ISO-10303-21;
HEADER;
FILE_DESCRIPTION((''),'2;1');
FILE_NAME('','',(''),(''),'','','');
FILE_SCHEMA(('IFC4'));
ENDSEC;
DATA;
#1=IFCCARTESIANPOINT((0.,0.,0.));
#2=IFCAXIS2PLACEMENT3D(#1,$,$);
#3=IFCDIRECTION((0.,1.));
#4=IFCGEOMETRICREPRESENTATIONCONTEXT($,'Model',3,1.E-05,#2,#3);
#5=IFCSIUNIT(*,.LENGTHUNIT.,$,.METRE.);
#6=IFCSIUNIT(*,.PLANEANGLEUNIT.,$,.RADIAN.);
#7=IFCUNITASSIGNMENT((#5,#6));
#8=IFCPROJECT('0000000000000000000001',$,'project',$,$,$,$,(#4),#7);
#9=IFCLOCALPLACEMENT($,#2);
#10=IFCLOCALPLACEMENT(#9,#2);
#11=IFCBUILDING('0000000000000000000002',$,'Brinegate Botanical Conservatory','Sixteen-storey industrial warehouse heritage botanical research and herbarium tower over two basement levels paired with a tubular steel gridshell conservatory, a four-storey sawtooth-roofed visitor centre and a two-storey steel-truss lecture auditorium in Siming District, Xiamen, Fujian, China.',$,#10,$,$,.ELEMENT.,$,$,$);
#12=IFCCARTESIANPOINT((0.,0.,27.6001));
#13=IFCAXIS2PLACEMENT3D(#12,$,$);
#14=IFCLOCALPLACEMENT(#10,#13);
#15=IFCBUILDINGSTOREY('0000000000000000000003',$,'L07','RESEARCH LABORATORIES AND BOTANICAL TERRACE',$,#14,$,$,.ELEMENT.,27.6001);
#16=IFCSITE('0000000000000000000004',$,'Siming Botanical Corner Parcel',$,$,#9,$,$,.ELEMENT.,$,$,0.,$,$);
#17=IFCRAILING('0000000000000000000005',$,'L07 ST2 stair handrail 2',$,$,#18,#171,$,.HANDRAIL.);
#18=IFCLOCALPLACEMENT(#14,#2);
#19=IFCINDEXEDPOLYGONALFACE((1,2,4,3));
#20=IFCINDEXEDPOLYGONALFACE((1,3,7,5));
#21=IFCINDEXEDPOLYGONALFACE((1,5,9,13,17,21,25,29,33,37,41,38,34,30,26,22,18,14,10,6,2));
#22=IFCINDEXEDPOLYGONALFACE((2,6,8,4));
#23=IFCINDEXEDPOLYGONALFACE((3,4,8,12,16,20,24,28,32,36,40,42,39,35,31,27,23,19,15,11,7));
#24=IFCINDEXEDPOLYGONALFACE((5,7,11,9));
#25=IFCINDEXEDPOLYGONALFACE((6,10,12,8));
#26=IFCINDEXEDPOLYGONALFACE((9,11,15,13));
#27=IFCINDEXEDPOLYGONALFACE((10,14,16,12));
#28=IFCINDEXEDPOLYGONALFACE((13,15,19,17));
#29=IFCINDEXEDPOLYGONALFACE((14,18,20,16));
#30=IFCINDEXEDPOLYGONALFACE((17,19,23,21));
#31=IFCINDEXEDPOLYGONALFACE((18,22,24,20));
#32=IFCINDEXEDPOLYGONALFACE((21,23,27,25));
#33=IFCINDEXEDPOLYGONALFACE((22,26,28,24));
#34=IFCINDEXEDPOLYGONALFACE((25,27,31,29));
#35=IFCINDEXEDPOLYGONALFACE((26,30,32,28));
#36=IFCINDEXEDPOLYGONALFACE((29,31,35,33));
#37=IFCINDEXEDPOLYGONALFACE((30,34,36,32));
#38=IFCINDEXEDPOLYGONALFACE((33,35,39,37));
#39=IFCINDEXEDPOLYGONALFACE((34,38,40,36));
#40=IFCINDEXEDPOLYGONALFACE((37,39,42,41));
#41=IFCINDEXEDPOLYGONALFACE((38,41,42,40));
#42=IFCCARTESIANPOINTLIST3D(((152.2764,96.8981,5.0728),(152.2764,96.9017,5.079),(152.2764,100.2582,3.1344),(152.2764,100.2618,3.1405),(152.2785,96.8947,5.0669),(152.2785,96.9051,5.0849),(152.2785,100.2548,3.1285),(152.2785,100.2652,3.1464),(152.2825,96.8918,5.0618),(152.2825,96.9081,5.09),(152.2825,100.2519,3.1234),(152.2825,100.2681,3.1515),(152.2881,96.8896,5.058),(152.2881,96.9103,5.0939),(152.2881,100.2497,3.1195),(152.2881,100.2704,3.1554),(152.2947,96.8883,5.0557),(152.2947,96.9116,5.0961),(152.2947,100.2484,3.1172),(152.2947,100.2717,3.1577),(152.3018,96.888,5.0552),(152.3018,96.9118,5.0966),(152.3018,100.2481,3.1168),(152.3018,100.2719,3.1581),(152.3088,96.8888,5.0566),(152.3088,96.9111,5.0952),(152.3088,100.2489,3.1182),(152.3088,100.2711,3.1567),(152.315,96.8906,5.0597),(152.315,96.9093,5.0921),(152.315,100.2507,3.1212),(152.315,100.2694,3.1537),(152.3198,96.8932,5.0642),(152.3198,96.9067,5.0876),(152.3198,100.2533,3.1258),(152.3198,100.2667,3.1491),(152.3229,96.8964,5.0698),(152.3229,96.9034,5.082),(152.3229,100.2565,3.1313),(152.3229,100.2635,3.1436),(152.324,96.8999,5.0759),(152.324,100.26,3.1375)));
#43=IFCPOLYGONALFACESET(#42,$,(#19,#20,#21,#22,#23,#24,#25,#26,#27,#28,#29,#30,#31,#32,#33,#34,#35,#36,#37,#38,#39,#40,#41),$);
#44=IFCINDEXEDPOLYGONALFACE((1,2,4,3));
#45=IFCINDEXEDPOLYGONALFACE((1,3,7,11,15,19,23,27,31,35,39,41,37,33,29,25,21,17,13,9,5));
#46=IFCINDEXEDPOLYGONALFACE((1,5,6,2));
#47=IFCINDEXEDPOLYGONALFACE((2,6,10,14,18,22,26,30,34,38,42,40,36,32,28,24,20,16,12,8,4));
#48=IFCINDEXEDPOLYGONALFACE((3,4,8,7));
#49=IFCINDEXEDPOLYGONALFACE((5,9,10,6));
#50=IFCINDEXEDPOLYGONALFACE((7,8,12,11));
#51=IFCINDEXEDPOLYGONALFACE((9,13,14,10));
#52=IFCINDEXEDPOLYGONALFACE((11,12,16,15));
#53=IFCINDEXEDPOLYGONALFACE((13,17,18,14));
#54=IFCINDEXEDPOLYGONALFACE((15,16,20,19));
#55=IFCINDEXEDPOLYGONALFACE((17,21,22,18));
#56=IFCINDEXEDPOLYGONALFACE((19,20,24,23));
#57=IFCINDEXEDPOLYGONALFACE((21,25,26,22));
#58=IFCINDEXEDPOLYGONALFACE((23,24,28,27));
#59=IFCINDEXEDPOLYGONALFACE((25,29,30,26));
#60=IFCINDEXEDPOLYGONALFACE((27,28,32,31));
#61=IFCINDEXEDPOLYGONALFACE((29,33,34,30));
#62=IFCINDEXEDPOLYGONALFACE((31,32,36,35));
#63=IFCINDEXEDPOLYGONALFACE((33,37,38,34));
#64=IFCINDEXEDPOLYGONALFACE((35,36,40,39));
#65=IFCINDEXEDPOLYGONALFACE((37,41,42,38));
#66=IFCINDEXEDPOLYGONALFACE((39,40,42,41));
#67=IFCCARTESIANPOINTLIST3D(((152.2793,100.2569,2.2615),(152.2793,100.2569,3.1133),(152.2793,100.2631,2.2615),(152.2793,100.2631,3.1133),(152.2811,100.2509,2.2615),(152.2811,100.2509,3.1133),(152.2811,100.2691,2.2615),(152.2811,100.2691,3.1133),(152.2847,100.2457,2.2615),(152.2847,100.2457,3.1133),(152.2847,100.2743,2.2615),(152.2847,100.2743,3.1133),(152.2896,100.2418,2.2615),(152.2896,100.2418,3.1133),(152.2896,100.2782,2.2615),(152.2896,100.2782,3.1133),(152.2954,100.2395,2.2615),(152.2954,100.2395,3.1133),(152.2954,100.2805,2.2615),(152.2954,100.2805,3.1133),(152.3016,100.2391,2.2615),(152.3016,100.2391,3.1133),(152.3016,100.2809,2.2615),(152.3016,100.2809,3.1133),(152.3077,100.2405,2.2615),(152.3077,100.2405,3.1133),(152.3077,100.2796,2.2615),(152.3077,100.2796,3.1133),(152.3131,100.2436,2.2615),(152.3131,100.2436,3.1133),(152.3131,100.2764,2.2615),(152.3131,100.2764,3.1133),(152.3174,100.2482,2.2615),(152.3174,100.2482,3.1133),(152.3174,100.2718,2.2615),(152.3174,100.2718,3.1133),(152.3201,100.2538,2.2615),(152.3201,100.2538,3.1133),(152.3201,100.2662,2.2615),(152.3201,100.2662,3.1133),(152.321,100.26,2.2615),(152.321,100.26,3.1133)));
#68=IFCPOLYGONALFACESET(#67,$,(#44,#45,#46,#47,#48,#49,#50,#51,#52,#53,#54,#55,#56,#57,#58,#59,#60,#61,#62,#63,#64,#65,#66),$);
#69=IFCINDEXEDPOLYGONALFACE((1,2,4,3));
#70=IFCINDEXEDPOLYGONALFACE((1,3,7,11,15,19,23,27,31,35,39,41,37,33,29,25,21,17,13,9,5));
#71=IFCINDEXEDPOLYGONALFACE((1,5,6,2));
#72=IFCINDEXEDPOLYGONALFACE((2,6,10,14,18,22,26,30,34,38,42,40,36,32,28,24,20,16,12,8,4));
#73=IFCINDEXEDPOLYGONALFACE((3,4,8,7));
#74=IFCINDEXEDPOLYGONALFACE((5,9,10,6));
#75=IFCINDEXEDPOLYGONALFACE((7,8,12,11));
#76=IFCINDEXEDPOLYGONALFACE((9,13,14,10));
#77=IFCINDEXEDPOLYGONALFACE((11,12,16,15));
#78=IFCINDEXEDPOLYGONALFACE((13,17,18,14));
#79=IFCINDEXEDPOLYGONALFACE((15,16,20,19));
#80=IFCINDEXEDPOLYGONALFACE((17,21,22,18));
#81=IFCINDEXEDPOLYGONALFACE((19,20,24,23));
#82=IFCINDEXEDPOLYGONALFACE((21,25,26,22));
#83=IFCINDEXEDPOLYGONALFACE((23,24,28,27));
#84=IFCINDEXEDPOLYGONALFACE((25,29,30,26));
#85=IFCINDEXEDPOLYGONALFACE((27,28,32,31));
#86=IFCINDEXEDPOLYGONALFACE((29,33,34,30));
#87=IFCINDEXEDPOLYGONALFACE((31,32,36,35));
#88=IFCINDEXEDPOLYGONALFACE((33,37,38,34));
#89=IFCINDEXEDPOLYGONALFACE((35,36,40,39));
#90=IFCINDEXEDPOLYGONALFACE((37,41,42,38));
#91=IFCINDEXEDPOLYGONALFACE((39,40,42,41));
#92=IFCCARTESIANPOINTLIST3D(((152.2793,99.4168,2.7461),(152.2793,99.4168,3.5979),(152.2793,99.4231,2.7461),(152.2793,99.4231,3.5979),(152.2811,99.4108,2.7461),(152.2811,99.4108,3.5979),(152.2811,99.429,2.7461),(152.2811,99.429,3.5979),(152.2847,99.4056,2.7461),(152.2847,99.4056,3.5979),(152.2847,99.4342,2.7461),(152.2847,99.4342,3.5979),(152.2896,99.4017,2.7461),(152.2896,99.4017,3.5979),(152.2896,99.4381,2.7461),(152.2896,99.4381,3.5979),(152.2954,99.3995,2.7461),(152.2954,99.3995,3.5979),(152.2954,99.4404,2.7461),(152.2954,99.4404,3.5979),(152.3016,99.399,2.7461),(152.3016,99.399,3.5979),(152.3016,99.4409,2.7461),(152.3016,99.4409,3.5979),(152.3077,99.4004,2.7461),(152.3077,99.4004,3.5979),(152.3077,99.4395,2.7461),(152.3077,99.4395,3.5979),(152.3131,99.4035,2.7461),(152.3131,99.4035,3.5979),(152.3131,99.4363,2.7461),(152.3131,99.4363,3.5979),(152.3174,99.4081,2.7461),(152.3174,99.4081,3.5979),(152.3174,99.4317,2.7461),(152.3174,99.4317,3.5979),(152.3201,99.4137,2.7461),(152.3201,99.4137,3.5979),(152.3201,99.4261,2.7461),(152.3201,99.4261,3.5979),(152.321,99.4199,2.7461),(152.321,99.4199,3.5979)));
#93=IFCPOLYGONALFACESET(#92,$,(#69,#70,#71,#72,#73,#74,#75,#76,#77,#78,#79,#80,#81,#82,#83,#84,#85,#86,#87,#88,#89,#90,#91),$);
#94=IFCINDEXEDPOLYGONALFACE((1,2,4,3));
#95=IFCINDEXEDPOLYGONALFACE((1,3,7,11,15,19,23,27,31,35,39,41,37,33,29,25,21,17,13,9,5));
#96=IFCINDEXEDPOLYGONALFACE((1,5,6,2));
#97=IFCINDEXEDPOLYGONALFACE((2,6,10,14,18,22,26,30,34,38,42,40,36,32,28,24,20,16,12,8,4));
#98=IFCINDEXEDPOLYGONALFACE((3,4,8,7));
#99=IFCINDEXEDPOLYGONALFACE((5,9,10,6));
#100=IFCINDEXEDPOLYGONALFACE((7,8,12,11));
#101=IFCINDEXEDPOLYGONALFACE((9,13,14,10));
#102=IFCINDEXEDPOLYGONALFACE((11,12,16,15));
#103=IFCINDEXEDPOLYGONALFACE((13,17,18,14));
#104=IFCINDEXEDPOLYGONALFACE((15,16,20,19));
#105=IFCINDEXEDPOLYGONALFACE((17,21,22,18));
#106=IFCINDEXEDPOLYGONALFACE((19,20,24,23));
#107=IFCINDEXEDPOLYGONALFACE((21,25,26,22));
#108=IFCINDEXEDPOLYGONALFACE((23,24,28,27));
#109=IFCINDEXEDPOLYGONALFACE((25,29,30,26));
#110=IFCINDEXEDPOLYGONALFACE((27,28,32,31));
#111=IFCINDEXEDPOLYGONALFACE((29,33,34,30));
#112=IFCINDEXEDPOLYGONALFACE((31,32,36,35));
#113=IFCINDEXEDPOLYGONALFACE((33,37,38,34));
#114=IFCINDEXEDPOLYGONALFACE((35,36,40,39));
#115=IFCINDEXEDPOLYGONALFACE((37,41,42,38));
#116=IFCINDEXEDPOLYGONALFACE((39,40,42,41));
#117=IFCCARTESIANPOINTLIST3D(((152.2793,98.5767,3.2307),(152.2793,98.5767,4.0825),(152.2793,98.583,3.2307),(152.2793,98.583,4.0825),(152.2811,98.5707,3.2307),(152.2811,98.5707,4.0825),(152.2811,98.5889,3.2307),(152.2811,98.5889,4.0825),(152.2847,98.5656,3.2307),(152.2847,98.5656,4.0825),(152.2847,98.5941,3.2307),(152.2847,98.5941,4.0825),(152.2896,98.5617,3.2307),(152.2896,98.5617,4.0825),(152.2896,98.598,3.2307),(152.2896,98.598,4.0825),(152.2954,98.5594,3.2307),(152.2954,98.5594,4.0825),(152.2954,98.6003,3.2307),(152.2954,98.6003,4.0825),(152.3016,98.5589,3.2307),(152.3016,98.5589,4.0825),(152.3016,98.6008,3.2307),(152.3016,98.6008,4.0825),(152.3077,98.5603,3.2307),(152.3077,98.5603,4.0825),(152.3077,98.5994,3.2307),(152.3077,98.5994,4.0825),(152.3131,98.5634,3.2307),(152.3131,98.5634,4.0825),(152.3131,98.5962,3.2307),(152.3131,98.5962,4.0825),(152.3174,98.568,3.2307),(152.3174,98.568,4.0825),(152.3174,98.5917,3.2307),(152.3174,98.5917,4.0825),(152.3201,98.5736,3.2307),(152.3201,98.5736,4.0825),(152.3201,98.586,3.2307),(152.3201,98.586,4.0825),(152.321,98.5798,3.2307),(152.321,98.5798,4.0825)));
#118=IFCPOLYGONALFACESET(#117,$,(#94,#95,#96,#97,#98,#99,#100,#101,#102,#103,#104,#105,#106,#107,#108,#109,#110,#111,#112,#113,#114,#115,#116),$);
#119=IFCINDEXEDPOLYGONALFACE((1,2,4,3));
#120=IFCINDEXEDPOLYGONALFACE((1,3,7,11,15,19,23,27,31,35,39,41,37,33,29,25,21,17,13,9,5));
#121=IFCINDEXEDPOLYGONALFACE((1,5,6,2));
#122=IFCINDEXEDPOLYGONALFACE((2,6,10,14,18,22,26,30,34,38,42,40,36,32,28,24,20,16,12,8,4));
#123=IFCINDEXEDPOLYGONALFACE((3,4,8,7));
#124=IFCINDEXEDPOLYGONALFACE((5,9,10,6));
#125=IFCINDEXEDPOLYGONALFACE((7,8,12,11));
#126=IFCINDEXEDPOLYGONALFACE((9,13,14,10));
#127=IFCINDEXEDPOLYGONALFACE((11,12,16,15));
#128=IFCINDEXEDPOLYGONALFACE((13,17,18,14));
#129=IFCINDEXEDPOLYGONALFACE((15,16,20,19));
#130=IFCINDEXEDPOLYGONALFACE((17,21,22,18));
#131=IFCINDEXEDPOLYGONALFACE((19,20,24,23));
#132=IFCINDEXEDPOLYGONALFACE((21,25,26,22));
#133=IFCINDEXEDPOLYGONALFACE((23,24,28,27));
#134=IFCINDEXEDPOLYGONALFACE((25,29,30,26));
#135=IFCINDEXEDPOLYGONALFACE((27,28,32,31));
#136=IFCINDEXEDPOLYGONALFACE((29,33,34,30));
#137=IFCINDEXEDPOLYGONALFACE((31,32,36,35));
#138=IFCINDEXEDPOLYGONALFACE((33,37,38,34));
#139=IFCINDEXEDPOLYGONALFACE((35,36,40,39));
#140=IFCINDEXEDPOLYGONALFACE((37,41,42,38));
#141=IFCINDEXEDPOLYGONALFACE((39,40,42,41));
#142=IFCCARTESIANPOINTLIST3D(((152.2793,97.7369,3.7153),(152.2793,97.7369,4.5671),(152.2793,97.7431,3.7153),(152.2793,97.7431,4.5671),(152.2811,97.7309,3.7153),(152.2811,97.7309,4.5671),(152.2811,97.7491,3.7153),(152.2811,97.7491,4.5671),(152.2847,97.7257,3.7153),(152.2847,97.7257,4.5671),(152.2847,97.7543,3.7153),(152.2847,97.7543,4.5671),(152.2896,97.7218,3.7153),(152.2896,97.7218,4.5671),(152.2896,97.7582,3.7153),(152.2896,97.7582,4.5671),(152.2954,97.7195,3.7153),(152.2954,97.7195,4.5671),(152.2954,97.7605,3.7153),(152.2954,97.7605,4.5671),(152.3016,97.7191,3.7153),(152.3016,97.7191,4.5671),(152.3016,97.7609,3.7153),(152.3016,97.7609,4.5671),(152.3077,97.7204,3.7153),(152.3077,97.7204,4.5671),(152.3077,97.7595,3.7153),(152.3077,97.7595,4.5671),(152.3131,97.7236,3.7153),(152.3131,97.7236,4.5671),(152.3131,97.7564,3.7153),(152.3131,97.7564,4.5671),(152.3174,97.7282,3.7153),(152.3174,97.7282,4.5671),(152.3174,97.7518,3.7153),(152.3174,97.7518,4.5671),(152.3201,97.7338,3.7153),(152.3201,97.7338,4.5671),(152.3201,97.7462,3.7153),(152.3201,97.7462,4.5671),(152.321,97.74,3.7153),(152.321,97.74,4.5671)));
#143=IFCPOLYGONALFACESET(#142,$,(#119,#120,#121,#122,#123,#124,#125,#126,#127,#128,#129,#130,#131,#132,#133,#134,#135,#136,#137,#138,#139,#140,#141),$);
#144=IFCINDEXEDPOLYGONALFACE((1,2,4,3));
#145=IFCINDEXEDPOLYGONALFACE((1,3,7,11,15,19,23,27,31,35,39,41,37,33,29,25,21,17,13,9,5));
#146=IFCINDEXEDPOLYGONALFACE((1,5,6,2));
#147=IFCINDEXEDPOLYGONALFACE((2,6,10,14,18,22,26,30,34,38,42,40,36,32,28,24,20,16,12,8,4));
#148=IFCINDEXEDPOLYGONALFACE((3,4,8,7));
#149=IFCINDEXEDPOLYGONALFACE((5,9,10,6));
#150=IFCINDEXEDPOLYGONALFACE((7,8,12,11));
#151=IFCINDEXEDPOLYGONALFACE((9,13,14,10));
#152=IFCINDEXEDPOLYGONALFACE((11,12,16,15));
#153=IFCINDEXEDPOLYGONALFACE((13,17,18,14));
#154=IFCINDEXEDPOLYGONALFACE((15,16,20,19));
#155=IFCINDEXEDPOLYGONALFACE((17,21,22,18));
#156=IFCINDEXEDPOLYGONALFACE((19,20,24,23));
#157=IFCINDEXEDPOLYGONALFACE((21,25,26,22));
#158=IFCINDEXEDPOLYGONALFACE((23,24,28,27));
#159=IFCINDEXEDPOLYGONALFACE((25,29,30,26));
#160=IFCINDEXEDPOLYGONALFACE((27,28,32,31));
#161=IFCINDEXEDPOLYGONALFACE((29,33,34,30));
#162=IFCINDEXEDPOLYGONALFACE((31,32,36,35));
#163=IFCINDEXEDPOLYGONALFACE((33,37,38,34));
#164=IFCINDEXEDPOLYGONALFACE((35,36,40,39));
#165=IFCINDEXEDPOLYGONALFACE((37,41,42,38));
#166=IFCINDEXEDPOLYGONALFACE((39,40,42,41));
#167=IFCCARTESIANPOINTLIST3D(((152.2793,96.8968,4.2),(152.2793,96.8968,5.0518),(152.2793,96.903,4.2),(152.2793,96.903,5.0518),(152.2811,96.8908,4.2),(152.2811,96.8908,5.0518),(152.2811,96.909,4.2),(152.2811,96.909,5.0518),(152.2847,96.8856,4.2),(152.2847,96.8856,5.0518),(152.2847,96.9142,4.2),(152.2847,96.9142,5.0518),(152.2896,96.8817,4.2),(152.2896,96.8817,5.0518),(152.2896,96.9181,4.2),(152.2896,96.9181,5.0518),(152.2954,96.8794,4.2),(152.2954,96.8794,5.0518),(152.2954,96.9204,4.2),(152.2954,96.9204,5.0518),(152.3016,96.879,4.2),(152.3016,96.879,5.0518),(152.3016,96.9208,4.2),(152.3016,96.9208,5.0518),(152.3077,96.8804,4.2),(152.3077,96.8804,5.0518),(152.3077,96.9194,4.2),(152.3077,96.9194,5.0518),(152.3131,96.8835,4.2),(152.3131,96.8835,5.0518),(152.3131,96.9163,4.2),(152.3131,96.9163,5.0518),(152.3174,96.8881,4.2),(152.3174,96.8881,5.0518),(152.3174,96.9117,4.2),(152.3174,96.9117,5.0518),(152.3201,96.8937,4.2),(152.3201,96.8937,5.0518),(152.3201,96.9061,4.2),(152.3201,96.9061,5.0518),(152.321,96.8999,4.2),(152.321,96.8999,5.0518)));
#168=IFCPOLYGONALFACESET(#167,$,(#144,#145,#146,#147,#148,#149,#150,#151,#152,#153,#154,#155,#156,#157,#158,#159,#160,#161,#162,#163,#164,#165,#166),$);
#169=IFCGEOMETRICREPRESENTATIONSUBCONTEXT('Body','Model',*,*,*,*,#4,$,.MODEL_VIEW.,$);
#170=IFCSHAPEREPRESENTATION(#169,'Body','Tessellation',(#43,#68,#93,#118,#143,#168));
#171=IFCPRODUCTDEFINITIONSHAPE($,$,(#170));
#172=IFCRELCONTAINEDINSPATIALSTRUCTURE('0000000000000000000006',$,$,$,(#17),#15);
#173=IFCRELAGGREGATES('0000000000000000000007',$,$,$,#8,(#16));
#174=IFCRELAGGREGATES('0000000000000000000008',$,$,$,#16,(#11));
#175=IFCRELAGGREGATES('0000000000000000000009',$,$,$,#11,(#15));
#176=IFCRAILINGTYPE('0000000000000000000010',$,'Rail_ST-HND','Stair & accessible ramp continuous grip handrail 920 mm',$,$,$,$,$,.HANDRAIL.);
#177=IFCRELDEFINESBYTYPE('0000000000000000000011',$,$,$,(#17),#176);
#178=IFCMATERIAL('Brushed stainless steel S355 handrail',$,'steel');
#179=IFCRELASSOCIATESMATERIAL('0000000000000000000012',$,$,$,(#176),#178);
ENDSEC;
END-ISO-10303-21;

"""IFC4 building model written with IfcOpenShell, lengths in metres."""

from ifc_helpers import new_model, si_unit, direction, frame, origin, origin_2d, place, context, subcontext, project, spatial, circle, extrude, material, type_object, element, save


model = new_model("IFC4")

# Units and contexts
model_context = context("Model", 3, precision=1e-05, world=origin(), true_north=direction((0.0, 1.0)))
body_context = subcontext(model_context, "Body", "Model", "MODEL_VIEW")
ifc_project = project(units=[si_unit("LENGTHUNIT", "METRE"), si_unit("PLANEANGLEUNIT", "RADIAN")], contexts=[model_context])

# Site, building, storey
site_placement = place(None, origin())
site = spatial("IfcSite", under=ifc_project, at=site_placement, Name="Siming Botanical Corner Parcel", CompositionType="ELEMENT", RefElevation=0.0)
building_placement = place(site_placement, origin())
building = spatial("IfcBuilding", under=site, at=building_placement, Name="Brinegate Botanical Conservatory", Description="Sixteen-storey industrial warehouse heritage botanical research and herbarium tower over two basement levels paired with a tubular steel gridshell conservatory, a four-storey sawtooth-roofed visitor centre and a two-storey steel-truss lecture auditorium in Siming District, Xiamen, Fujian, China.", CompositionType="ELEMENT")
storey_placement = place(building_placement, frame((0.0, 0.0, 27.6001)))
storey = spatial("IfcBuildingStorey", under=building, at=storey_placement, Name="L07", Description="RESEARCH LABORATORIES AND BOTANICAL TERRACE", CompositionType="ELEMENT", Elevation=27.6001)

# Railing
ifc_material_1 = material(Name="Brushed stainless steel S355 handrail", Category="steel")
railing_type_1 = type_object("IfcRailingType", Name="Rail_ST-HND", Description="Stair & accessible ramp continuous grip handrail 920 mm", PredefinedType="HANDRAIL", material=ifc_material_1)
railing_1_placement = place(storey_placement, frame((152.3, 100.26, 2.2615)))
element("IfcRailing", 1, at=railing_1_placement, inside=storey, type_object=railing_type_1, Name="L07 ST2 stair handrail 2", PredefinedType="HANDRAIL", context=body_context, shape_type="SweptSolid", body=[
    extrude(circle(Radius=0.0239, at=origin_2d()), frame((0.0, 0.0, 0.876), z_axis=(0.0, -0.866191, 0.499713), x_axis=(1.0, 0.0, 0.0)), (0.0, 0.0, 1.0), 3.8792),
    extrude(circle(Radius=0.021, at=origin_2d()), origin(), (0.0, 0.0, 1.0), 0.8518),
    extrude(circle(Radius=0.021, at=origin_2d()), frame((0.0, -0.8401, 0.4846)), (0.0, 0.0, 1.0), 0.8518),
    extrude(circle(Radius=0.021, at=origin_2d()), frame((0.0, -1.6802, 0.9692)), (0.0, 0.0, 1.0), 0.8518),
    extrude(circle(Radius=0.021, at=origin_2d()), frame((0.0, -2.52, 1.4539)), (0.0, 0.0, 1.0), 0.8518),
    extrude(circle(Radius=0.021, at=origin_2d()), frame((0.0, -3.3601, 1.9385)), (0.0, 0.0, 1.0), 0.8518),
])

save(model, "model.ifc")
